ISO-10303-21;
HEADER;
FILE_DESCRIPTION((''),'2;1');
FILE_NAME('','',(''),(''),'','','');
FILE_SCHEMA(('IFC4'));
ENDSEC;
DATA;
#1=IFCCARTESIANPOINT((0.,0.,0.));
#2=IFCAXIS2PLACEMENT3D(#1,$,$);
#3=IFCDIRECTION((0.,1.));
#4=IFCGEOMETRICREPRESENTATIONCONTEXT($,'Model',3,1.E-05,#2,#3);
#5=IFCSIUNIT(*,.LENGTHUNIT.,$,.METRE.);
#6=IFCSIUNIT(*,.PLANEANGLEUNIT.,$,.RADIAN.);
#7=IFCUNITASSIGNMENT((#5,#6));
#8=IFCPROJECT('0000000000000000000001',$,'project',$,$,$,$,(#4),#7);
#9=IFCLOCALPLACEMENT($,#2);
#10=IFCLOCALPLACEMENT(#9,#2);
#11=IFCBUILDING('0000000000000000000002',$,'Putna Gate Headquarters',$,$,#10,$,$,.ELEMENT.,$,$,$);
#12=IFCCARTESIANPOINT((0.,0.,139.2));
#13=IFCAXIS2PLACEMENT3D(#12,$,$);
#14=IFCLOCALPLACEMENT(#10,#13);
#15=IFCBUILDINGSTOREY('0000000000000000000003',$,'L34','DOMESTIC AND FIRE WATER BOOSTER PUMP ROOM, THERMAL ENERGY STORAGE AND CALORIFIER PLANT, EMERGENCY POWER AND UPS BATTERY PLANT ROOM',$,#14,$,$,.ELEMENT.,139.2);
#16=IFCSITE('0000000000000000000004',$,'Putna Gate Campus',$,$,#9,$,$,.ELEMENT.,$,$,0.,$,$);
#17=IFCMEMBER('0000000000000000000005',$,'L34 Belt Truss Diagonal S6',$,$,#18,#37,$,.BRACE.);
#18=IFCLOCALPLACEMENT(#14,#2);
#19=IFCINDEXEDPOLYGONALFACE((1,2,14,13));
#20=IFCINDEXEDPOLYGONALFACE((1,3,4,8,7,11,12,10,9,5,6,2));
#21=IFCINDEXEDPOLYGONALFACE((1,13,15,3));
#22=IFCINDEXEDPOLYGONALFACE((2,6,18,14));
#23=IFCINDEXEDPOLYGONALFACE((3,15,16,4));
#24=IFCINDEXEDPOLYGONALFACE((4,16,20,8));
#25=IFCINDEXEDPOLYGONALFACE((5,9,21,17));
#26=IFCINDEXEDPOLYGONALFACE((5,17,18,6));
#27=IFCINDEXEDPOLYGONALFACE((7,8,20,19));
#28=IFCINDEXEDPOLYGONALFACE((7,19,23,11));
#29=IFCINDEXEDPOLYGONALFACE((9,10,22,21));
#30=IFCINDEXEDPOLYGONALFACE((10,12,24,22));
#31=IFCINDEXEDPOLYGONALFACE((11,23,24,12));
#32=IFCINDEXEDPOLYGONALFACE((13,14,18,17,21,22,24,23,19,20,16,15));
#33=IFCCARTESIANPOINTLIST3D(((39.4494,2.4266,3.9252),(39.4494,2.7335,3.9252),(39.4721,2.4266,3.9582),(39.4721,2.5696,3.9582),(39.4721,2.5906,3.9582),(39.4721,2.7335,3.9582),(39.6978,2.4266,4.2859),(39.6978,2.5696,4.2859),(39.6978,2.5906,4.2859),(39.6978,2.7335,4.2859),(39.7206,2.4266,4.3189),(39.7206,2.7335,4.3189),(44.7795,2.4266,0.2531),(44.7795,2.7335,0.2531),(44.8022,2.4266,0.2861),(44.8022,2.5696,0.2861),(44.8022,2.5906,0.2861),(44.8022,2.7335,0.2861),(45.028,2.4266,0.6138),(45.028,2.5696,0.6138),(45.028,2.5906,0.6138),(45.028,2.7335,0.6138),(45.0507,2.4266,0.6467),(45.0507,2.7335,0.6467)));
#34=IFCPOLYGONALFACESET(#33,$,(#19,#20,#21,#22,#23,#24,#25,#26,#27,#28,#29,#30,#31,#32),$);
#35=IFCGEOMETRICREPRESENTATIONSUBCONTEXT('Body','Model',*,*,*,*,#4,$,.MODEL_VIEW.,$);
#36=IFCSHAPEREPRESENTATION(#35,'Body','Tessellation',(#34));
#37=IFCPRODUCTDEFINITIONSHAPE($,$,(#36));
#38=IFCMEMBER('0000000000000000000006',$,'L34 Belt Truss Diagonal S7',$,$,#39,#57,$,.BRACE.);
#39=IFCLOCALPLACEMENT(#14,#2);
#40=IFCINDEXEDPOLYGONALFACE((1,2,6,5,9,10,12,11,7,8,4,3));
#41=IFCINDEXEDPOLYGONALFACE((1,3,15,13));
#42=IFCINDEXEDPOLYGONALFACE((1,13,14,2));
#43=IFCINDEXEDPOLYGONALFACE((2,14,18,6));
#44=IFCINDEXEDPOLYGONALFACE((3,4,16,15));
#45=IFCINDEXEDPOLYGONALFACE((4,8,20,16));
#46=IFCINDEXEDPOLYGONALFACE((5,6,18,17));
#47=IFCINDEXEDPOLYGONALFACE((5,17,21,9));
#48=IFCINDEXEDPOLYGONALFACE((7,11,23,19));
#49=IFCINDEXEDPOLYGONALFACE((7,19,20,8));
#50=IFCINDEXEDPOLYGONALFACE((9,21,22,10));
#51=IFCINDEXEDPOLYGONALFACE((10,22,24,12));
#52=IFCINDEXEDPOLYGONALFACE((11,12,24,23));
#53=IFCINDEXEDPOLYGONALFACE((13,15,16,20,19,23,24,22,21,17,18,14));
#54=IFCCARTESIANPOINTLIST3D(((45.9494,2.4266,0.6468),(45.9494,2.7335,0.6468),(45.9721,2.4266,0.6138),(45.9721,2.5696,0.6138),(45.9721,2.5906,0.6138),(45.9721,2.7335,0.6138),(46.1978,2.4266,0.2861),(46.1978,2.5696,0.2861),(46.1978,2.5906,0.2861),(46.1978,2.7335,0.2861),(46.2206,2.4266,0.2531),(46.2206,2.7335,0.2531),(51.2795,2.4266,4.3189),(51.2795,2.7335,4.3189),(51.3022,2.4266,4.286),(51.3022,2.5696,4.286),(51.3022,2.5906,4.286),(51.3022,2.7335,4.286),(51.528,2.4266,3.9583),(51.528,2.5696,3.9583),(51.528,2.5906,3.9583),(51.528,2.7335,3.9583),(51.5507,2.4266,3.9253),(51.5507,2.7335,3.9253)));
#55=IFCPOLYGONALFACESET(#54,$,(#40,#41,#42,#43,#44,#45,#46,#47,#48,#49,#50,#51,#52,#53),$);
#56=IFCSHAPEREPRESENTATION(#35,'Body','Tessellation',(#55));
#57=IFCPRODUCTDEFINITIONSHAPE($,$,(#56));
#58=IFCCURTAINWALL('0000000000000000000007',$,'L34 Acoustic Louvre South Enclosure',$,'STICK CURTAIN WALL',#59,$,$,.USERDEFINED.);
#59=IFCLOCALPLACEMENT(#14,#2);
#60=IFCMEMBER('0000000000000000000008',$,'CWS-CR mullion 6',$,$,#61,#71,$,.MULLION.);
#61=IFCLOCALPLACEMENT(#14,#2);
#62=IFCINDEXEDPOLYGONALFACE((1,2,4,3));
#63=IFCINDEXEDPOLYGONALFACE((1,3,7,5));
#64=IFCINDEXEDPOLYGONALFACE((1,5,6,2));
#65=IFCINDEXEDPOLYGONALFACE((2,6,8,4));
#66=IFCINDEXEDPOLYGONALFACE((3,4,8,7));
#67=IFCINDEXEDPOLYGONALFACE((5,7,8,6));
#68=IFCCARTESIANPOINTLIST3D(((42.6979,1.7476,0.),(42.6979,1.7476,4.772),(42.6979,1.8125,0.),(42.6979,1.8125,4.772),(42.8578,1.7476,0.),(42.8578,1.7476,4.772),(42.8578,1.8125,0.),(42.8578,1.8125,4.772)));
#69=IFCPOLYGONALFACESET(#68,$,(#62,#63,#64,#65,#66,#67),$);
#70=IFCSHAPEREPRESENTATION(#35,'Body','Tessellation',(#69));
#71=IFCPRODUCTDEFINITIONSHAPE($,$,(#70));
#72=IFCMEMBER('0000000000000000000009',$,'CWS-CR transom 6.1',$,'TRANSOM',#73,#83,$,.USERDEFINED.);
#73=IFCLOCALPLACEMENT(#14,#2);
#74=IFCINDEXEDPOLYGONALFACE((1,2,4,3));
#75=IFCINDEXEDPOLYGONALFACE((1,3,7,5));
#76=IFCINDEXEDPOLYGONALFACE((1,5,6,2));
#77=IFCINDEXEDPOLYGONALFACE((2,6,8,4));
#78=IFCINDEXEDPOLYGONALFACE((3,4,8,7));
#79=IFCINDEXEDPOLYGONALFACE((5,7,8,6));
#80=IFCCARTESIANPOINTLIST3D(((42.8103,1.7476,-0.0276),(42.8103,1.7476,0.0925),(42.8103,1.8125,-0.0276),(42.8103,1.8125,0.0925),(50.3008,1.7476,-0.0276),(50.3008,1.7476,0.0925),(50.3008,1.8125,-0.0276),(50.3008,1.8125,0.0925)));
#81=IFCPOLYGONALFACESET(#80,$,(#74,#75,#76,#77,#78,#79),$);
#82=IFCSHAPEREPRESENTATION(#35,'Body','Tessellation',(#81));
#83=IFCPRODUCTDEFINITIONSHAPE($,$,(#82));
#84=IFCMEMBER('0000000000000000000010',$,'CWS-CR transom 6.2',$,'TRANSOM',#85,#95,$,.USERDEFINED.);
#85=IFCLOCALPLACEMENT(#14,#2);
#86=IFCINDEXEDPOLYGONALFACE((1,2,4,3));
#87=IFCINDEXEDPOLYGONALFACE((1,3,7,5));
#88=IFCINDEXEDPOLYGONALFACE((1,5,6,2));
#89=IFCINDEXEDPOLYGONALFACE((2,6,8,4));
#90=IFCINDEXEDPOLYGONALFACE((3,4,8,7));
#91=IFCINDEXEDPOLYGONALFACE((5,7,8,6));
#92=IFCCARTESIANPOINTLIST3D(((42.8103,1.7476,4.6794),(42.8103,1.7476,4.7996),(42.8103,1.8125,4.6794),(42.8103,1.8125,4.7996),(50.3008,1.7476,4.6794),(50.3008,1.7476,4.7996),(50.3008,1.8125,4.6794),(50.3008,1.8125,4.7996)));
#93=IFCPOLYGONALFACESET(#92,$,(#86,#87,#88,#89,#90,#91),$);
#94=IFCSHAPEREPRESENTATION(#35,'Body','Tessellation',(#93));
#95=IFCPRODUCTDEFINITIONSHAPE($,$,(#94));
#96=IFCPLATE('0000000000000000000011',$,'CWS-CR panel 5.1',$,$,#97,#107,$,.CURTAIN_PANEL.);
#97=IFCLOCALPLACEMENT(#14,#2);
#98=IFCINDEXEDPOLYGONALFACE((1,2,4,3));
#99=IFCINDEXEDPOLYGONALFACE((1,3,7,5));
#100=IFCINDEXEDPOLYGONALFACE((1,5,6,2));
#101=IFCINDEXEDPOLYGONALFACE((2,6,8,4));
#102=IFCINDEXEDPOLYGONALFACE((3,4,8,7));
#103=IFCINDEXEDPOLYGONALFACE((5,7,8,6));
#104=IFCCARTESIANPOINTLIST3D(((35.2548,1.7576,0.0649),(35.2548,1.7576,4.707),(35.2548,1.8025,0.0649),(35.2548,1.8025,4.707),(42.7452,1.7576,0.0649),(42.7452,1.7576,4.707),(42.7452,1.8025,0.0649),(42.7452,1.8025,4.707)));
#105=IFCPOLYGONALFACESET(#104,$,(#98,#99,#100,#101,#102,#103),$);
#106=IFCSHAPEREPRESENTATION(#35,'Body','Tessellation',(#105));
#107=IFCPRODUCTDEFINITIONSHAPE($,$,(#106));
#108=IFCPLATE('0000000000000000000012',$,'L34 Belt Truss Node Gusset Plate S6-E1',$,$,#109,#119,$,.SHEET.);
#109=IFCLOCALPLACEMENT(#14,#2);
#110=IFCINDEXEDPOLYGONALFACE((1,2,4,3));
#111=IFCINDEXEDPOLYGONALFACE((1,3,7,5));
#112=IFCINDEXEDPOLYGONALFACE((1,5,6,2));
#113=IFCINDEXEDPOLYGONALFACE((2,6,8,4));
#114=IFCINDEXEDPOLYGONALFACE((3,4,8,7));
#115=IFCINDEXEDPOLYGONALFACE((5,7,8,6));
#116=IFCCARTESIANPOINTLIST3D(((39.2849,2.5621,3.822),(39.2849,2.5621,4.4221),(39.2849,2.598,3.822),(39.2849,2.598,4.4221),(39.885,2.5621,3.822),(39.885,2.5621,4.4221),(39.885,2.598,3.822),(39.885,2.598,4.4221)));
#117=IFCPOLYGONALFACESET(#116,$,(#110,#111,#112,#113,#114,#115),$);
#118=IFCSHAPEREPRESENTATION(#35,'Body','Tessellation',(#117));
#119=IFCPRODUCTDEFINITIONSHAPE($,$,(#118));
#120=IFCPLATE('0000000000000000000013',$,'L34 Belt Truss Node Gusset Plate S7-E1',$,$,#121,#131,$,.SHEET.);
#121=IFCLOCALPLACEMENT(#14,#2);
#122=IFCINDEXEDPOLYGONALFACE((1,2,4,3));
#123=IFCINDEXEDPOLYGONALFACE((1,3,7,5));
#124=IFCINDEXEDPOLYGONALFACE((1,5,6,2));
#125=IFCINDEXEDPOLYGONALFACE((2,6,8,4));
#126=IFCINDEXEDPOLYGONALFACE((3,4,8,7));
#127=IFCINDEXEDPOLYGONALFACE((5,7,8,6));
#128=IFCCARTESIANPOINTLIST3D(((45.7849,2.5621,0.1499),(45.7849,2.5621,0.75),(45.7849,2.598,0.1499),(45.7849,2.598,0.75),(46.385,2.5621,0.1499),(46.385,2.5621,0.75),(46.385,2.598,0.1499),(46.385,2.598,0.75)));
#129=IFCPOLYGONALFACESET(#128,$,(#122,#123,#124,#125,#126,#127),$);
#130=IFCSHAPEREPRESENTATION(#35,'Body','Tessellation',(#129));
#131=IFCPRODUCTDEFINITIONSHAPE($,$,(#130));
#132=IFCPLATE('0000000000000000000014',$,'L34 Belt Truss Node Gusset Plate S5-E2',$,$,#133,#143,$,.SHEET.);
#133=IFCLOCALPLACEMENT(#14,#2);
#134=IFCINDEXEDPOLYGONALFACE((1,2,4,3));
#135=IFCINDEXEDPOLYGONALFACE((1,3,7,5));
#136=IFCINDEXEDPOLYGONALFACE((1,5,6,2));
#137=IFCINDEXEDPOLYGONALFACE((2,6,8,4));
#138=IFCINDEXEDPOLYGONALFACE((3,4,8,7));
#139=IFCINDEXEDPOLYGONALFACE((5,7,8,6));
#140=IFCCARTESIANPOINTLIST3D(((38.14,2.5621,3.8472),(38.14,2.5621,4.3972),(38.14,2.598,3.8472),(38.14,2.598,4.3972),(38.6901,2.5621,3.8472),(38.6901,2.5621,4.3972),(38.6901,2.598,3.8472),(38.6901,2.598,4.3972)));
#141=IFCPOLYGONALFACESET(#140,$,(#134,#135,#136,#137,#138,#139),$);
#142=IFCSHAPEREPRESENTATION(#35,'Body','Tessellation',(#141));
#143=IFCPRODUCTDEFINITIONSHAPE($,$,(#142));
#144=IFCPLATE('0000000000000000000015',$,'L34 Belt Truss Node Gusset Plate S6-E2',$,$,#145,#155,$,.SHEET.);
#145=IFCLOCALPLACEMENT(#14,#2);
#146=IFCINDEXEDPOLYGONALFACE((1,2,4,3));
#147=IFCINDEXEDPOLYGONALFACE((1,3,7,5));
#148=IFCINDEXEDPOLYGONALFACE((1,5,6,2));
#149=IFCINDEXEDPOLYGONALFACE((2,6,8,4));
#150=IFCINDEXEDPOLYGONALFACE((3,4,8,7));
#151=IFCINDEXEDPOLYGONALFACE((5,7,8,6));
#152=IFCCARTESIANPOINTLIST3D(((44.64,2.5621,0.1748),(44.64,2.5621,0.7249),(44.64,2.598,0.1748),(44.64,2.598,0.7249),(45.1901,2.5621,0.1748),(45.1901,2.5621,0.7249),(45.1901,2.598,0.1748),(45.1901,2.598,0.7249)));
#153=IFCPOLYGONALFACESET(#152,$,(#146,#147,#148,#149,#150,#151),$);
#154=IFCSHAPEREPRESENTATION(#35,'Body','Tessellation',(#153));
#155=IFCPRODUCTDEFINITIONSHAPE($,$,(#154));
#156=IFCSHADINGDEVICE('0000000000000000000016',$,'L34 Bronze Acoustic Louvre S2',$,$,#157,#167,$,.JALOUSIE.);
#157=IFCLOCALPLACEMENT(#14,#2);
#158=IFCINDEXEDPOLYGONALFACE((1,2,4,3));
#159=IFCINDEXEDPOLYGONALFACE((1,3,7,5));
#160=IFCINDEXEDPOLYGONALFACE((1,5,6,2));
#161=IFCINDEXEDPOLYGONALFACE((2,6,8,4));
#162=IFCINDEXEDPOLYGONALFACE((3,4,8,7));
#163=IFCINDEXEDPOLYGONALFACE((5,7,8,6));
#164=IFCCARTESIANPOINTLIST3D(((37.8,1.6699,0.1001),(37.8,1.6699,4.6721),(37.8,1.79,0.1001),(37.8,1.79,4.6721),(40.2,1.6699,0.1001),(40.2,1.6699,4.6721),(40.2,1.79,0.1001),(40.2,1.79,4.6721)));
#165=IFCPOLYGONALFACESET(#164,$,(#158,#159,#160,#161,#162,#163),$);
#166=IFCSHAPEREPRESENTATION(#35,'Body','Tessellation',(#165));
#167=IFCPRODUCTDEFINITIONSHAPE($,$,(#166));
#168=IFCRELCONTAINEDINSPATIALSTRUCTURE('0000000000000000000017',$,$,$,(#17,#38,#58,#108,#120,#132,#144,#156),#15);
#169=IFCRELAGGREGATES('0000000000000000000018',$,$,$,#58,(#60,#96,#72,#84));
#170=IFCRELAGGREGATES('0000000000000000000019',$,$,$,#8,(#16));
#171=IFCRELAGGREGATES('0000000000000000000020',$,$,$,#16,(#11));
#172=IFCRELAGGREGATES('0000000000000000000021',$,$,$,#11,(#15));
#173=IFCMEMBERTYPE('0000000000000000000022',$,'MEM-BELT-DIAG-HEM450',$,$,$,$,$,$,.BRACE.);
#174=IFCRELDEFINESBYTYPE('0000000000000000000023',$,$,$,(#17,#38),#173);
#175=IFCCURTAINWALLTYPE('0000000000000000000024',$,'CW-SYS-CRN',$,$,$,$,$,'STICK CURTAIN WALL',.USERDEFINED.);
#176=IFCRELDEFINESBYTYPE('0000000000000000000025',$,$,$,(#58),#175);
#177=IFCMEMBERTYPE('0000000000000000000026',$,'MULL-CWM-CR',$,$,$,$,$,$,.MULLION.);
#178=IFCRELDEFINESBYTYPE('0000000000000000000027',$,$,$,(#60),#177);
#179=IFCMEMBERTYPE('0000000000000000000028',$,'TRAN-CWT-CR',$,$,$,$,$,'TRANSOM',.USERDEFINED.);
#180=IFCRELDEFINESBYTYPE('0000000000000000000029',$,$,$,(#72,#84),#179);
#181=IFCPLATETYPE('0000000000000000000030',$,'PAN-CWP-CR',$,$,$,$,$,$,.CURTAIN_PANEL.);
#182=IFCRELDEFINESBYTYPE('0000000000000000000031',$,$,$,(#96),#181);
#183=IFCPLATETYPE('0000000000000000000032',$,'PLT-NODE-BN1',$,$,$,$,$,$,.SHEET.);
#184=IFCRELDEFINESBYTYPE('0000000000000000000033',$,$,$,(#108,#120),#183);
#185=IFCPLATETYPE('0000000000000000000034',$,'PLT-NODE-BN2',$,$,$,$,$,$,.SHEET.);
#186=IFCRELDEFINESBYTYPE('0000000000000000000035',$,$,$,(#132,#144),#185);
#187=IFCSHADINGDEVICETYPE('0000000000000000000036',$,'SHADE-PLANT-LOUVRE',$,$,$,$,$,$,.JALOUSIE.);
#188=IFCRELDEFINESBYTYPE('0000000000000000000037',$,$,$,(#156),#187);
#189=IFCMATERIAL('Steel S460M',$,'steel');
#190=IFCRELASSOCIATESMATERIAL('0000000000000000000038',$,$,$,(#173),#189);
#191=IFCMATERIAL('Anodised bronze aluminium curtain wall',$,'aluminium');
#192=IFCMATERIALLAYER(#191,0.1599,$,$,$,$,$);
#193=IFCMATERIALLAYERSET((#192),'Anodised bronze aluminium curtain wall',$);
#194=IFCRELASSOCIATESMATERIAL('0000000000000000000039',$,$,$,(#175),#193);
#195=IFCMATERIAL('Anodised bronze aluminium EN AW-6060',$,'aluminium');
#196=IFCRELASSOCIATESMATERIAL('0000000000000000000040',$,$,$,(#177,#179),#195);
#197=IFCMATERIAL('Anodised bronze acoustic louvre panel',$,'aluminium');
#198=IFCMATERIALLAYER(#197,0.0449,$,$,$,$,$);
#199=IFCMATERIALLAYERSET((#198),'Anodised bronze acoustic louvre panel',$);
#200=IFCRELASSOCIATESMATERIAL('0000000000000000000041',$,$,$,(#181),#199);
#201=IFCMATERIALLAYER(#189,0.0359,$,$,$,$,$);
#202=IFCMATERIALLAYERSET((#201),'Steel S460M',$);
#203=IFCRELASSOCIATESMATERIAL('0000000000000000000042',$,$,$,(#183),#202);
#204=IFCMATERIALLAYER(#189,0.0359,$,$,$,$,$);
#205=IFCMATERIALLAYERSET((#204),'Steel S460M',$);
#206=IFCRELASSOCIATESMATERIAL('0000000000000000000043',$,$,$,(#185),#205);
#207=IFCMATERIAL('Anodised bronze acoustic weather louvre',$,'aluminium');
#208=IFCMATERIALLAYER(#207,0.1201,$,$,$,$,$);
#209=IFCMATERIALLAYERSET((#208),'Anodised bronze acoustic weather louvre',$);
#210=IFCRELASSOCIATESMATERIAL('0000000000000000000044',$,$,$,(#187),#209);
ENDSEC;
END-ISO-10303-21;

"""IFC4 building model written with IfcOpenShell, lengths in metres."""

from ifc_helpers import new_model, si_unit, direction, frame, origin, origin_2d, place, context, subcontext, project, spatial, rectangle, i_section, extrude, material, layer, layer_set, material_profile, profile_set, type_object, element, aggregate, save


model = new_model("IFC4")

# Units and contexts
model_context = context("Model", 3, precision=1e-05, world=origin(), true_north=direction((0.0, 1.0)))
body_context = subcontext(model_context, "Body", "Model", "MODEL_VIEW")
ifc_project = project(units=[si_unit("LENGTHUNIT", "METRE"), si_unit("PLANEANGLEUNIT", "RADIAN")], contexts=[model_context])

# Site, building, storey
site_placement = place(None, origin())
site = spatial("IfcSite", under=ifc_project, at=site_placement, Name="Putna Gate Campus", CompositionType="ELEMENT", RefElevation=0.0)
building_placement = place(site_placement, origin())
building = spatial("IfcBuilding", under=site, at=building_placement, Name="Putna Gate Headquarters", CompositionType="ELEMENT")
storey_placement = place(building_placement, frame((0.0, 0.0, 139.2)))
storey = spatial("IfcBuildingStorey", under=building, at=storey_placement, Name="L34", Description="DOMESTIC AND FIRE WATER BOOSTER PUMP ROOM, THERMAL ENERGY STORAGE AND CALORIFIER PLANT, EMERGENCY POWER AND UPS BATTERY PLANT ROOM", CompositionType="ELEMENT", Elevation=139.2)

# Shared definitions
ifc_material_1 = material(Name="Steel S460M", Category="steel")

# Members
ifc_material_profile_1 = material_profile(ifc_material_1, i_section(OverallWidth=0.3069, OverallDepth=0.478, WebThickness=0.021, FlangeThickness=0.04, at=origin_2d()), Name="Steel S460M")
ifc_profile_set_1 = profile_set([ifc_material_profile_1], Name="Steel S460M")
member_type_1 = type_object("IfcMemberType", Name="MEM-BELT-DIAG-HEM450", PredefinedType="BRACE", material=ifc_profile_set_1)
for number, where, z_axis, x_axis, name in (
    (1, (39.585, 2.5801, 4.1221), (0.823487, 0.0, -0.567335), (0.0, 1.0, 0.0), "L34 Belt Truss Diagonal S6"),
    (2, (46.085, 2.5801, 0.45), (0.823487, 0.0, 0.567335), (0.0, 1.0, 0.0), "L34 Belt Truss Diagonal S7"),
):
    element("IfcMember", number, at=place(storey_placement, frame(where, z_axis=z_axis, x_axis=x_axis)), inside=storey, type_object=member_type_1, Name=name, PredefinedType="BRACE", context=body_context, shape_type="SweptSolid", body=[
        extrude(i_section(OverallWidth=0.3069, OverallDepth=0.478, WebThickness=0.021, FlangeThickness=0.04, at=origin_2d()), origin(), (0.0, 0.0, 1.0), 6.4727),
    ])

# Curtain wall, members, plate
ifc_material_2 = material(Name="Anodised bronze aluminium curtain wall", Category="aluminium")
ifc_layer_1 = layer(ifc_material_2, 0.1599)
ifc_layer_set_1 = layer_set([ifc_layer_1], Name="Anodised bronze aluminium curtain wall")
curtain_wall_type = type_object("IfcCurtainWallType", Name="CW-SYS-CRN", ElementType="STICK CURTAIN WALL", PredefinedType="USERDEFINED", material=ifc_layer_set_1)
curtain_wall_placement = place(storey_placement, origin())
curtain_wall = element("IfcCurtainWall", 3, at=curtain_wall_placement, inside=storey, type_object=curtain_wall_type, Name="L34 Acoustic Louvre South Enclosure", ObjectType="STICK CURTAIN WALL", PredefinedType="USERDEFINED")
ifc_material_3 = material(Name="Anodised bronze aluminium EN AW-6060", Category="aluminium")
ifc_material_profile_2 = material_profile(ifc_material_3, rectangle(XDim=0.0649, YDim=0.1599, at=origin_2d()), Name="Anodised bronze aluminium EN AW-6060")
ifc_profile_set_2 = profile_set([ifc_material_profile_2], Name="Anodised bronze aluminium EN AW-6060")
member_type_2 = type_object("IfcMemberType", Name="MULL-CWM-CR", PredefinedType="MULLION", material=ifc_profile_set_2)
member_1_placement = place(storey_placement, frame((42.7778, 1.78, 0.0), z_axis=(0.0, 0.0, 1.0), x_axis=(0.0, 1.0, 0.0)))
member_1 = element("IfcMember", 4, at=member_1_placement, type_object=member_type_2, Name="CWS-CR mullion 6", PredefinedType="MULLION", context=body_context, shape_type="SweptSolid", body=[
    extrude(rectangle(XDim=0.0649, YDim=0.1599, at=origin_2d()), origin(), (0.0, 0.0, 1.0), 4.772),
])
ifc_material_profile_3 = material_profile(ifc_material_3, rectangle(XDim=0.0649, YDim=0.1201, at=origin_2d()), Name="Anodised bronze aluminium EN AW-6060")
ifc_profile_set_3 = profile_set([ifc_material_profile_3], Name="Anodised bronze aluminium EN AW-6060")
member_type_3 = type_object("IfcMemberType", Name="TRAN-CWT-CR", ElementType="TRANSOM", PredefinedType="USERDEFINED", material=ifc_profile_set_3)
member_2_placement = place(storey_placement, frame((42.8103, 1.78, 0.0325), z_axis=(1.0, 0.0, 0.0), x_axis=(0.0, 1.0, 0.0)))
member_2 = element("IfcMember", 5, at=member_2_placement, type_object=member_type_3, Name="CWS-CR transom 6.1", ObjectType="TRANSOM", PredefinedType="USERDEFINED", context=body_context, shape_type="SweptSolid", body=[
    extrude(rectangle(XDim=0.0649, YDim=0.1201, at=origin_2d()), origin(), (0.0, 0.0, 1.0), 7.4905),
])
member_3_placement = place(storey_placement, frame((42.8103, 1.78, 4.7395), z_axis=(1.0, 0.0, 0.0), x_axis=(0.0, 1.0, 0.0)))
member_3 = element("IfcMember", 6, at=member_3_placement, type_object=member_type_3, Name="CWS-CR transom 6.2", ObjectType="TRANSOM", PredefinedType="USERDEFINED", context=body_context, shape_type="SweptSolid", body=[
    extrude(rectangle(XDim=0.0649, YDim=0.1201, at=origin_2d()), origin(), (0.0, 0.0, 1.0), 7.4905),
])
ifc_material_4 = material(Name="Anodised bronze acoustic louvre panel", Category="aluminium")
ifc_layer_2 = layer(ifc_material_4, 0.0449)
ifc_layer_set_2 = layer_set([ifc_layer_2], Name="Anodised bronze acoustic louvre panel")
plate_type_1 = type_object("IfcPlateType", Name="PAN-CWP-CR", PredefinedType="CURTAIN_PANEL", material=ifc_layer_set_2)
plate_placement = place(storey_placement, frame((39.0, 1.78, 0.0649), z_axis=(0.0, 0.0, 1.0), x_axis=(1.0, 0.0, 0.0)))
plate = element("IfcPlate", 7, at=plate_placement, type_object=plate_type_1, Name="CWS-CR panel 5.1", PredefinedType="CURTAIN_PANEL", context=body_context, shape_type="SweptSolid", body=[
    extrude(rectangle(XDim=7.4905, YDim=0.0449, at=origin_2d()), origin(), (0.0, 0.0, 1.0), 4.6421),
])
aggregate(curtain_wall, [member_1, plate, member_2, member_3])

# Plates
ifc_layer_3 = layer(ifc_material_1, 0.0359)
ifc_layer_set_3 = layer_set([ifc_layer_3], Name="Steel S460M")
plate_type_2 = type_object("IfcPlateType", Name="PLT-NODE-BN1", PredefinedType="SHEET", material=ifc_layer_set_3)
for number, where, z_axis, x_axis, name in (
    (8, (39.585, 2.5801, 3.822), (0.0, 0.0, 1.0), (1.0, 0.0, 0.0), "L34 Belt Truss Node Gusset Plate S6-E1"),
    (9, (46.085, 2.5801, 0.1499), (0.0, 0.0, 1.0), (1.0, 0.0, 0.0), "L34 Belt Truss Node Gusset Plate S7-E1"),
):
    element("IfcPlate", number, at=place(storey_placement, frame(where, z_axis=z_axis, x_axis=x_axis)), inside=storey, type_object=plate_type_2, Name=name, PredefinedType="SHEET", context=body_context, shape_type="SweptSolid", body=[
        extrude(rectangle(XDim=0.6001, YDim=0.0359, at=origin_2d()), origin(), (0.0, 0.0, 1.0), 0.6001),
    ])
ifc_layer_4 = layer(ifc_material_1, 0.0359)
ifc_layer_set_4 = layer_set([ifc_layer_4], Name="Steel S460M")
plate_type_3 = type_object("IfcPlateType", Name="PLT-NODE-BN2", PredefinedType="SHEET", material=ifc_layer_set_4)
for number, where, z_axis, x_axis, name in (
    (10, (38.415, 2.5801, 3.8472), (0.0, 0.0, 1.0), (1.0, 0.0, 0.0), "L34 Belt Truss Node Gusset Plate S5-E2"),
    (11, (44.915, 2.5801, 0.1748), (0.0, 0.0, 1.0), (1.0, 0.0, 0.0), "L34 Belt Truss Node Gusset Plate S6-E2"),
):
    element("IfcPlate", number, at=place(storey_placement, frame(where, z_axis=z_axis, x_axis=x_axis)), inside=storey, type_object=plate_type_3, Name=name, PredefinedType="SHEET", context=body_context, shape_type="SweptSolid", body=[
        extrude(rectangle(XDim=0.55, YDim=0.0359, at=origin_2d()), origin(), (0.0, 0.0, 1.0), 0.55),
    ])

# Shading device
ifc_material_5 = material(Name="Anodised bronze acoustic weather louvre", Category="aluminium")
ifc_layer_5 = layer(ifc_material_5, 0.1201)
ifc_layer_set_5 = layer_set([ifc_layer_5], Name="Anodised bronze acoustic weather louvre")
shading_device_type = type_object("IfcShadingDeviceType", Name="SHADE-PLANT-LOUVRE", PredefinedType="JALOUSIE", material=ifc_layer_set_5)
shading_device_placement = place(storey_placement, frame((39.0, 1.73, 0.1001), z_axis=(0.0, 0.0, 1.0), x_axis=(1.0, 0.0, 0.0)))
element("IfcShadingDevice", 12, at=shading_device_placement, inside=storey, type_object=shading_device_type, Name="L34 Bronze Acoustic Louvre S2", PredefinedType="JALOUSIE", context=body_context, shape_type="SweptSolid", body=[
    extrude(rectangle(XDim=2.3999, YDim=0.1201, at=origin_2d()), origin(), (0.0, 0.0, 1.0), 4.572),
])

save(model, "model.ifc")
